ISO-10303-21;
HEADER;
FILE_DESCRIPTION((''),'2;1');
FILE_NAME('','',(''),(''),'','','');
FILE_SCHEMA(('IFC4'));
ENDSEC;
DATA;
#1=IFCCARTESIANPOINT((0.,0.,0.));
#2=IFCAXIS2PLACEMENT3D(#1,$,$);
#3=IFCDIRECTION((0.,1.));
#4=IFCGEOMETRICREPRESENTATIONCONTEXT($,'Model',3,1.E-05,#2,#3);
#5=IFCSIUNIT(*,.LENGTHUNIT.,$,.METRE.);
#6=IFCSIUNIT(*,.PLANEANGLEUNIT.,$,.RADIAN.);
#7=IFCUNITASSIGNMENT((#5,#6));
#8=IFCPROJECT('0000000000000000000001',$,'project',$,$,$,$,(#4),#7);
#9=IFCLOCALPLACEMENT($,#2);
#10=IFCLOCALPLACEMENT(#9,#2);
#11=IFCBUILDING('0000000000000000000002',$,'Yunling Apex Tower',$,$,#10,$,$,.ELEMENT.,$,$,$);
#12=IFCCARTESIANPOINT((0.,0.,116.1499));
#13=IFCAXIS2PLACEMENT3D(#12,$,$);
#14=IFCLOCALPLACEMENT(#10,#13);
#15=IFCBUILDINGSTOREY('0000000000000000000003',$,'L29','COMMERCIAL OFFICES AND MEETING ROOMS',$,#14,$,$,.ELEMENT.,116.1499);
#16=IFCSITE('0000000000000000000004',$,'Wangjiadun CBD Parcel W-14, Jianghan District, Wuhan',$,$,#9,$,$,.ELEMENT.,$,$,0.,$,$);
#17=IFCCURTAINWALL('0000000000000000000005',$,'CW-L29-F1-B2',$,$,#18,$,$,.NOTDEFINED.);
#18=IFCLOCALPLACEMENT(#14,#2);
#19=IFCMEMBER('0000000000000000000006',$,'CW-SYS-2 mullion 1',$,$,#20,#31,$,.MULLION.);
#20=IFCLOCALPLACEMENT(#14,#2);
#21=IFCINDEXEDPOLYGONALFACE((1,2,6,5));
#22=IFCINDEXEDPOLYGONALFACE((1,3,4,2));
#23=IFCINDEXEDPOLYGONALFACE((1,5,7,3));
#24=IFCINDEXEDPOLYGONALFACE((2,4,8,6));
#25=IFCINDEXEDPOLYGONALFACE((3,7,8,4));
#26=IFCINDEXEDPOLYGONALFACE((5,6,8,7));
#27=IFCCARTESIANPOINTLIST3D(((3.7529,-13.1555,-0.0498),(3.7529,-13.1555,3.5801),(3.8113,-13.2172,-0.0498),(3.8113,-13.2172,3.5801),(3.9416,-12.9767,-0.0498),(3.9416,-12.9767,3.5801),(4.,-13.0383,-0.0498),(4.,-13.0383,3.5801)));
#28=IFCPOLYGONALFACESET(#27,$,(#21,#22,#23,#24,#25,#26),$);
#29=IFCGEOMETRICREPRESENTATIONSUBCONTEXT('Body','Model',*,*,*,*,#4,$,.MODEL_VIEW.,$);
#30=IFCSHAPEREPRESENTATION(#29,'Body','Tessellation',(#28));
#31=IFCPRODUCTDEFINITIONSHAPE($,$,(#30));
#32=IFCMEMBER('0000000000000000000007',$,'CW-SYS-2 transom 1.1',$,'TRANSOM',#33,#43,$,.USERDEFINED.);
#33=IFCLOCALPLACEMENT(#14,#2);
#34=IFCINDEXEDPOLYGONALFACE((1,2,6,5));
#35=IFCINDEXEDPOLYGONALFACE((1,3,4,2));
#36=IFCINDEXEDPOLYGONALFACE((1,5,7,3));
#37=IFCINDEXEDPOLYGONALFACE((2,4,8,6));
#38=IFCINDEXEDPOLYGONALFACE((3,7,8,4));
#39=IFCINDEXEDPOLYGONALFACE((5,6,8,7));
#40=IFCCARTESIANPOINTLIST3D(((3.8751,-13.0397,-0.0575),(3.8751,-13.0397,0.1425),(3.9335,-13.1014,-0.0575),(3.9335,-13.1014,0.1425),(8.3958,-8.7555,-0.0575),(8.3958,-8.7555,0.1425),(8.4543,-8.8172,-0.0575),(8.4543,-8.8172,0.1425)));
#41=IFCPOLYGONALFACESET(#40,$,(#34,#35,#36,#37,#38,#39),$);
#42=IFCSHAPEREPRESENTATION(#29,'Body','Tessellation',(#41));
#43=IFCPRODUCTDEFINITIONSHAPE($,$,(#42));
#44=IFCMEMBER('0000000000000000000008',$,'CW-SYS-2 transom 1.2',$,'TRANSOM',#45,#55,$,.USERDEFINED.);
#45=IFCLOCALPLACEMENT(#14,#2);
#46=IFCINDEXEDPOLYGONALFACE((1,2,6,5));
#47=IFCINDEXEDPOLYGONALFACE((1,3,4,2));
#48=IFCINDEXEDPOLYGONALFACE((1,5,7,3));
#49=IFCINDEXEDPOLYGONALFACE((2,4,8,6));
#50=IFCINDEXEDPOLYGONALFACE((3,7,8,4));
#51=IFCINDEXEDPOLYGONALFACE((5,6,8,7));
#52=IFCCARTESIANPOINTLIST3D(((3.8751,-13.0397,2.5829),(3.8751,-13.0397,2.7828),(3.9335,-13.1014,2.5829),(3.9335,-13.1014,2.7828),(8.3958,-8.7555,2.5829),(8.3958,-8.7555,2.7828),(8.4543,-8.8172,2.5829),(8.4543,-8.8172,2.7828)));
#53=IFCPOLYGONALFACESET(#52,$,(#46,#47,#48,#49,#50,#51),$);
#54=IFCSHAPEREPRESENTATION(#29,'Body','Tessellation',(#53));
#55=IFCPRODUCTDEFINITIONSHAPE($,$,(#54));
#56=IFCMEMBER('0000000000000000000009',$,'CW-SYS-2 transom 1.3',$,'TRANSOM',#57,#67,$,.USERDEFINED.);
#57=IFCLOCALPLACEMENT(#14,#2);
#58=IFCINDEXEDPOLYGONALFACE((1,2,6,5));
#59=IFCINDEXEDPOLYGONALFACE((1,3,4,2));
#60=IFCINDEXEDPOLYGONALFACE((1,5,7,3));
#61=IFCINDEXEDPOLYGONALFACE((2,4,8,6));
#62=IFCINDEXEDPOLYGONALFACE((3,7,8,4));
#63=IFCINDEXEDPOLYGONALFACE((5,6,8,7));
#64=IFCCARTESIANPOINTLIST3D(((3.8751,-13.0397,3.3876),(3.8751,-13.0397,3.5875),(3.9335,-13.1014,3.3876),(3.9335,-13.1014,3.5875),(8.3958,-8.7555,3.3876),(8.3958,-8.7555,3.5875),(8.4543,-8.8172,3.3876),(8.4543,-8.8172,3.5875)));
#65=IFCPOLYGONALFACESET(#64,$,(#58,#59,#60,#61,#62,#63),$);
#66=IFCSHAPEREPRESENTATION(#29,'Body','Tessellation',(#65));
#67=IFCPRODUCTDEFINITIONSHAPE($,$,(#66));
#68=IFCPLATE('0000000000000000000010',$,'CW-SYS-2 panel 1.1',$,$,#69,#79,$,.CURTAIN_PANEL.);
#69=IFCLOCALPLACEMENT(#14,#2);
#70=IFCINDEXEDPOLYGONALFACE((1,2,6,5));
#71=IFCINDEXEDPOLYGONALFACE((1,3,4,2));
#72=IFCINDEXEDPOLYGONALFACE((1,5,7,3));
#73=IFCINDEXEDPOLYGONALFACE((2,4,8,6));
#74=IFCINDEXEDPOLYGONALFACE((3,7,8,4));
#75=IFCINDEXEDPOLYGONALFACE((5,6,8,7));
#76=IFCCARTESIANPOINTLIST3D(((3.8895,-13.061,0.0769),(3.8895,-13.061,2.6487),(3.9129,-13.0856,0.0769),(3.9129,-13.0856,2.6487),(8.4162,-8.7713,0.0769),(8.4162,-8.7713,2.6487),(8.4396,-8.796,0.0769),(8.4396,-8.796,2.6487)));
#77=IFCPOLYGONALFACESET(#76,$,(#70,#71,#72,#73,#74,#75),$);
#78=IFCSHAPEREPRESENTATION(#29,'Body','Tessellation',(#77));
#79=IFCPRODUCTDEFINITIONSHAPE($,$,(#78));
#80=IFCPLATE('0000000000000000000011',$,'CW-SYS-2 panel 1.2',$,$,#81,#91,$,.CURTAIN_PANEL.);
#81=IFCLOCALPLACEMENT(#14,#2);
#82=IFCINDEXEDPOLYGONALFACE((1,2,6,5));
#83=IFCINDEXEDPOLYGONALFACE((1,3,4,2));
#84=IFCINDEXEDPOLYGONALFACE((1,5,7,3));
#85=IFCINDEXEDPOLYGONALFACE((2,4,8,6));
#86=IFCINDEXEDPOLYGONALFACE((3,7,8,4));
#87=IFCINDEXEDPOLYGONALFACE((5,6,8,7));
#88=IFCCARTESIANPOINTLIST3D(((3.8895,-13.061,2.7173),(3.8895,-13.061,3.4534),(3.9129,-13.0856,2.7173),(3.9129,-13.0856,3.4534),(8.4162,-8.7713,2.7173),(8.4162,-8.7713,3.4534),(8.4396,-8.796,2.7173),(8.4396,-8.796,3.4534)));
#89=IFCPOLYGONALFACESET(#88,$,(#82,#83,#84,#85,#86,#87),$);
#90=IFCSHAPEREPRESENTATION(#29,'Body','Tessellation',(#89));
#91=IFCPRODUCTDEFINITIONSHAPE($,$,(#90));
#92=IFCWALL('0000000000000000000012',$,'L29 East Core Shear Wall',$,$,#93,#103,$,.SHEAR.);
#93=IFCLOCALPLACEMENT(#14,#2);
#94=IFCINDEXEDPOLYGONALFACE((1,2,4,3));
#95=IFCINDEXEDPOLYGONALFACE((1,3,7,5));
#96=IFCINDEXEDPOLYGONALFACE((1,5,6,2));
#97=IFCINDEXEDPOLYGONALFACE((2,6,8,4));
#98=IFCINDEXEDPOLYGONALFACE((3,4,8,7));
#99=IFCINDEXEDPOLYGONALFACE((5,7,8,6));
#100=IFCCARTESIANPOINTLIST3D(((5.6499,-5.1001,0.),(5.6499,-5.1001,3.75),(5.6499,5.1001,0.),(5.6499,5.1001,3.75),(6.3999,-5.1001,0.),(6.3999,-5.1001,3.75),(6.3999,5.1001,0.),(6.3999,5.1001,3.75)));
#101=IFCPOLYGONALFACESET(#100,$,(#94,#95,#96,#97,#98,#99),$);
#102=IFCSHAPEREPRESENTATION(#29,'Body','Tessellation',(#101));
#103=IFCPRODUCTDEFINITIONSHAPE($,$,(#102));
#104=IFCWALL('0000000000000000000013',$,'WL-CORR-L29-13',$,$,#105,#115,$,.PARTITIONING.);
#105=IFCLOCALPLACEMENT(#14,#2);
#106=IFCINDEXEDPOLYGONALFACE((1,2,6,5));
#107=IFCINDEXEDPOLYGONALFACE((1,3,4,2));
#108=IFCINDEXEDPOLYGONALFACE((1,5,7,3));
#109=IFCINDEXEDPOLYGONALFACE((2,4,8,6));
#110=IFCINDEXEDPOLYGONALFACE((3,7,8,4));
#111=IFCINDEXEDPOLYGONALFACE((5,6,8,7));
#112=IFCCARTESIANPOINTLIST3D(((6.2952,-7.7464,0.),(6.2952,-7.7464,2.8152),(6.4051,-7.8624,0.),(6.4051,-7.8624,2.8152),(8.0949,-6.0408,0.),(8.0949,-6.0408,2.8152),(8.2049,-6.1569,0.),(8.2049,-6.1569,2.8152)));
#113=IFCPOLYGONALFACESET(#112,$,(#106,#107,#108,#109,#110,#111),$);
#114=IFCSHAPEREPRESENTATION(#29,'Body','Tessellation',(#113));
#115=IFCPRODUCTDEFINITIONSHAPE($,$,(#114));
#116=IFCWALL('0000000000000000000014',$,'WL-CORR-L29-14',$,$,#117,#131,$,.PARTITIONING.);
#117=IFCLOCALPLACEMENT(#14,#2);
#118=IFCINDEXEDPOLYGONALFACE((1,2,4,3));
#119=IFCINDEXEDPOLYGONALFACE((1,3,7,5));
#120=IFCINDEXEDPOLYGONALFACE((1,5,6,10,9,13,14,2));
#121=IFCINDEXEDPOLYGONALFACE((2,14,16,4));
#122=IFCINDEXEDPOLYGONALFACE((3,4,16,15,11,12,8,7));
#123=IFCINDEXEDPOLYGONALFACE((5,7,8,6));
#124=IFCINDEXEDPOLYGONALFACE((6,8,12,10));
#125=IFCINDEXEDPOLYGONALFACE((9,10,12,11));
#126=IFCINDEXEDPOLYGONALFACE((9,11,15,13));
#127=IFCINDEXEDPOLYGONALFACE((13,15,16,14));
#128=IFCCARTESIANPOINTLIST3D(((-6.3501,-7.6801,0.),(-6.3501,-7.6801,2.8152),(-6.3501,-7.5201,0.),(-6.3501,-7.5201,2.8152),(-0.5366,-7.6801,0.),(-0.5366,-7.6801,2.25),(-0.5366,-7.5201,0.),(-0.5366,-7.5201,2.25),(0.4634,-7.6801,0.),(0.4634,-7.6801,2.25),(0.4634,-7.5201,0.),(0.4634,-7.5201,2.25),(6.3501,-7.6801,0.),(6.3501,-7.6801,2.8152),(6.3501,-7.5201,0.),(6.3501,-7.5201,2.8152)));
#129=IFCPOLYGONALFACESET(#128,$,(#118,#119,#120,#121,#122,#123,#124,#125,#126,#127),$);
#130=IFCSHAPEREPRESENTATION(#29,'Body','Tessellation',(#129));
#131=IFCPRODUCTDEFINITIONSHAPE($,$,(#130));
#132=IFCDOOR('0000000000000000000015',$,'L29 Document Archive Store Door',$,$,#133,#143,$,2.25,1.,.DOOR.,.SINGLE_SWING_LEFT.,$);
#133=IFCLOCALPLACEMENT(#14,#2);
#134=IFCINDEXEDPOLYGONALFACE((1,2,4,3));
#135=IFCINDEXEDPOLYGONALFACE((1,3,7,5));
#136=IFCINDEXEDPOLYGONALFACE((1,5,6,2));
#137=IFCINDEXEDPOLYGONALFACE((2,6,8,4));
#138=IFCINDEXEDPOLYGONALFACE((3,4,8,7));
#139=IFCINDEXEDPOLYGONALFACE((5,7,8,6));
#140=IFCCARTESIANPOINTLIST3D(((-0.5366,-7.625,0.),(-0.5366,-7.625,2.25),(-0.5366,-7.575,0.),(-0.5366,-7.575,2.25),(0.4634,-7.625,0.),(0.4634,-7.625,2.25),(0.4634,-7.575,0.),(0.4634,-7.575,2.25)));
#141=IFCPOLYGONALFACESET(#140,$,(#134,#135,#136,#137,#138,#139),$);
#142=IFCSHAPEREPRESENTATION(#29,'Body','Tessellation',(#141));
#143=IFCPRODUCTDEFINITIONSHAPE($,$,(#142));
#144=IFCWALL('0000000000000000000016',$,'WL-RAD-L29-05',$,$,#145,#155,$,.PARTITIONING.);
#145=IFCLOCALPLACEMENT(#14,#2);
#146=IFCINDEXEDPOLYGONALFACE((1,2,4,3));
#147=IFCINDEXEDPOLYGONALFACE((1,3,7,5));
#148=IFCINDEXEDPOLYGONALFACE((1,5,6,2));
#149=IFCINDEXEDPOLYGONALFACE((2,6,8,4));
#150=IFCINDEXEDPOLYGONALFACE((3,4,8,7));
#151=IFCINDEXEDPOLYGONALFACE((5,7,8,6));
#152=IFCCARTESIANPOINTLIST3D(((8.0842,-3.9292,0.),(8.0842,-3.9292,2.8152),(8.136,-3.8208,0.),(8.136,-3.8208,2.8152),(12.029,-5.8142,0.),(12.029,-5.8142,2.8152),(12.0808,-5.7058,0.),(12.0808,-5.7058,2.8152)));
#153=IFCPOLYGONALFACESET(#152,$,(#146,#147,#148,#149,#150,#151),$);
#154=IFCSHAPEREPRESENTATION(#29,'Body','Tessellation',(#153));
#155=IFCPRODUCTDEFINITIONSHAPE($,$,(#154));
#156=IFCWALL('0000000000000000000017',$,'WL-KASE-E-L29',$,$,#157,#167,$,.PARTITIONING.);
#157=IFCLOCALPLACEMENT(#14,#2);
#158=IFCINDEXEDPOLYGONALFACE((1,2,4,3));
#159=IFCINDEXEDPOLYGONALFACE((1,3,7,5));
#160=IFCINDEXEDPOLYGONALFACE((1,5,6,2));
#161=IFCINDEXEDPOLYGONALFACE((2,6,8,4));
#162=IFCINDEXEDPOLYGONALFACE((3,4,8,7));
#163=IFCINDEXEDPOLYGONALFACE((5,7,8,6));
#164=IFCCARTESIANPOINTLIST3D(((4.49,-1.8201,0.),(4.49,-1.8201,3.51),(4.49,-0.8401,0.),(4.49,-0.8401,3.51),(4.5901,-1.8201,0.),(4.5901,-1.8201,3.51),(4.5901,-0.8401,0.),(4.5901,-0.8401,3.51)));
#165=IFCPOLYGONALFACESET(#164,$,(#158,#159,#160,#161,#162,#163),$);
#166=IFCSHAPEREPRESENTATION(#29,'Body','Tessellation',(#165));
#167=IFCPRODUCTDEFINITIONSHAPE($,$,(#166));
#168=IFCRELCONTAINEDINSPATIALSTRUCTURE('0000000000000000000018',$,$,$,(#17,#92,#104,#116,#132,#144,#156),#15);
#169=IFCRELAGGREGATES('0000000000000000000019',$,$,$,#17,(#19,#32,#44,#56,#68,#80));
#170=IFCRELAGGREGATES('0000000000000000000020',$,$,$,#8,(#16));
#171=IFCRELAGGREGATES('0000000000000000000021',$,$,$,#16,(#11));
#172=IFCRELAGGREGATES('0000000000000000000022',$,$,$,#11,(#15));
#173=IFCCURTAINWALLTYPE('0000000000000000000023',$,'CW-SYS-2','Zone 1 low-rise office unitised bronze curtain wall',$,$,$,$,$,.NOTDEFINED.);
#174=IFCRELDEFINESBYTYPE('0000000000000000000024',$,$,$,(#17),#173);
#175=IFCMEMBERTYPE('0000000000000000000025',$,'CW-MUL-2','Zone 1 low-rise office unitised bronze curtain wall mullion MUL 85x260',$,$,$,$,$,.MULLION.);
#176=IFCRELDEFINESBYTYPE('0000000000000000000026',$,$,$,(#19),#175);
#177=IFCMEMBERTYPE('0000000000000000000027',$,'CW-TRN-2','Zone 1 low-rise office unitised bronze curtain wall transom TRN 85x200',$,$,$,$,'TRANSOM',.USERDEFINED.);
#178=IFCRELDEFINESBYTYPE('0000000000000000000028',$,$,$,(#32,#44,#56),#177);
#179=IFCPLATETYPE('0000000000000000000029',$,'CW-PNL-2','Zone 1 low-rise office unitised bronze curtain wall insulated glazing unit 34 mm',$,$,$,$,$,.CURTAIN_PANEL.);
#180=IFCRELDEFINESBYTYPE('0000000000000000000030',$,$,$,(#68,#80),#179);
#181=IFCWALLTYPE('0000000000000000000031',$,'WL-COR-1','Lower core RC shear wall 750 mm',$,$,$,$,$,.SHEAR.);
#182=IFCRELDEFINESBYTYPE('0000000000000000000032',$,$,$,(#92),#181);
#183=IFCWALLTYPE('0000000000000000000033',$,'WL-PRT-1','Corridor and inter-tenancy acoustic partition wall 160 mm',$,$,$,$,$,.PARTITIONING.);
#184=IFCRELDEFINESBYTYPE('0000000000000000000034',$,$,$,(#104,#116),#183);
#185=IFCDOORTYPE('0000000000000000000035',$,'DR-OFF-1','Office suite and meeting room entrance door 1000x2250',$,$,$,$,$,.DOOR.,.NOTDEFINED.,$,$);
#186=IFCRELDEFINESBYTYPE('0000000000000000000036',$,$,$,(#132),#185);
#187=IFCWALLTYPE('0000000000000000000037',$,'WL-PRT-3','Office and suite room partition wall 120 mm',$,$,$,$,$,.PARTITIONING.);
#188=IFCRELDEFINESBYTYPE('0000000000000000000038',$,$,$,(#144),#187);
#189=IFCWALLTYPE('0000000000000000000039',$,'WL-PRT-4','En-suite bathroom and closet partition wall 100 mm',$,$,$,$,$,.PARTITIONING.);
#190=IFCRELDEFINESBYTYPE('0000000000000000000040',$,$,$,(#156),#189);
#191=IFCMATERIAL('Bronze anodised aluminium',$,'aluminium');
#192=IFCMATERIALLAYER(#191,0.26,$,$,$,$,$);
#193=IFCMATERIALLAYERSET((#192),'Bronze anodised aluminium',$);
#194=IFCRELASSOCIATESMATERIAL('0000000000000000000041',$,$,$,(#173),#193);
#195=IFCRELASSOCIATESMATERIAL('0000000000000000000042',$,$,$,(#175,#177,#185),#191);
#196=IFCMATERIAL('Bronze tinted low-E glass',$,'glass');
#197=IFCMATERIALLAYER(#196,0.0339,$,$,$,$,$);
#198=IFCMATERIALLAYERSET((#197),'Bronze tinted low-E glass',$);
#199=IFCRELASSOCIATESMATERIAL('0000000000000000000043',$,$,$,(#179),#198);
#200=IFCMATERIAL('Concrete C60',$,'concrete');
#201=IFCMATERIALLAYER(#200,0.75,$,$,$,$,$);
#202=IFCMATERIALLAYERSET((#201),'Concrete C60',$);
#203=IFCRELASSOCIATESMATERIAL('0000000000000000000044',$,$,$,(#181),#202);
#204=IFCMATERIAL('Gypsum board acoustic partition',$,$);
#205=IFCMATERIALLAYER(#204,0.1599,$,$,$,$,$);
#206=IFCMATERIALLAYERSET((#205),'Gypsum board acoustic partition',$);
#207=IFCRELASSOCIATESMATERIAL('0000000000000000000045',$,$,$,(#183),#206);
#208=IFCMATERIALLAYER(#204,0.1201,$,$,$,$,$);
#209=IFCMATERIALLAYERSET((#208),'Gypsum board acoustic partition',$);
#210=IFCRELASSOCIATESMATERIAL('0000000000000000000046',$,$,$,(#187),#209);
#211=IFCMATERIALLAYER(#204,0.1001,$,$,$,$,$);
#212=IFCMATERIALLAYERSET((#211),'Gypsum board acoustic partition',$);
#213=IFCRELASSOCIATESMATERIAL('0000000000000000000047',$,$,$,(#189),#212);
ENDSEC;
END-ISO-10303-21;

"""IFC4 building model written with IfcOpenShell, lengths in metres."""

from ifc_helpers import new_model, si_unit, direction, frame, frame_2d, origin, origin_2d, place, context, subcontext, project, spatial, rectangle, extrude, source, transform, mapped, material, layer, layer_set, material_profile, profile_set, type_object, element, fill, aggregate, save


model = new_model("IFC4")

# Units and contexts
model_context = context("Model", 3, precision=1e-05, world=origin(), true_north=direction((0.0, 1.0)))
body_context = subcontext(model_context, "Body", "Model", "MODEL_VIEW")
ifc_project = project(units=[si_unit("LENGTHUNIT", "METRE"), si_unit("PLANEANGLEUNIT", "RADIAN")], contexts=[model_context])

# Site, building, storey
site_placement = place(None, origin())
site = spatial("IfcSite", under=ifc_project, at=site_placement, Name="Wangjiadun CBD Parcel W-14, Jianghan District, Wuhan", CompositionType="ELEMENT", RefElevation=0.0)
building_placement = place(site_placement, origin())
building = spatial("IfcBuilding", under=site, at=building_placement, Name="Yunling Apex Tower", CompositionType="ELEMENT")
storey_placement = place(building_placement, frame((0.0, 0.0, 116.1499)))
storey = spatial("IfcBuildingStorey", under=building, at=storey_placement, Name="L29", Description="COMMERCIAL OFFICES AND MEETING ROOMS", CompositionType="ELEMENT", Elevation=116.1499)

# Shared definitions
ifc_material_1 = material(Name="Concrete C60", Category="concrete")

# Shared definitions
ifc_material_2 = material(Name="Bronze anodised aluminium", Category="aluminium")
ifc_layer_1 = layer(ifc_material_2, 0.26)
ifc_layer_set_1 = layer_set([ifc_layer_1], Name="Bronze anodised aluminium")
curtain_wall_type = type_object("IfcCurtainWallType", Name="CW-SYS-2", Description="Zone 1 low-rise office unitised bronze curtain wall", PredefinedType="NOTDEFINED", material=ifc_layer_set_1)
ifc_material_profile_1 = material_profile(ifc_material_2, rectangle(XDim=0.085, YDim=0.26, at=origin_2d()))
ifc_profile_set_1 = profile_set([ifc_material_profile_1], Name="Bronze anodised aluminium")
member_type_1 = type_object("IfcMemberType", Name="CW-MUL-2", Description="Zone 1 low-rise office unitised bronze curtain wall mullion MUL 85x260", PredefinedType="MULLION", material=ifc_profile_set_1)
shared_shape_1 = source(origin(), body_context, "Body", "SweptSolid", [
    extrude(rectangle(XDim=0.085, YDim=0.26, at=origin_2d()), origin(), (0.0, 0.0, 1.0), 3.6299),
])

# Curtain wall, members, plates
curtain_wall_1_placement = place(storey_placement, origin())
curtain_wall_1 = element("IfcCurtainWall", 1, at=curtain_wall_1_placement, inside=storey, type_object=curtain_wall_type, Name="CW-L29-F1-B2", PredefinedType="NOTDEFINED")
member_1_placement = place(storey_placement, frame((3.8765, -13.0969, -0.0498), z_axis=(0.0, 0.0, 1.0), x_axis=(-0.687844, 0.725858, 0.0)))
member_1 = element("IfcMember", 2, at=member_1_placement, type_object=member_type_1, Name="CW-SYS-2 mullion 1", PredefinedType="MULLION", context=body_context, shape_type="MappedRepresentation", body=[
    mapped(shared_shape_1, transform((0.0, 0.0, 0.0), scale=1.0)),
])
ifc_material_profile_2 = material_profile(ifc_material_2, rectangle(XDim=0.085, YDim=0.2, at=origin_2d()))
ifc_profile_set_2 = profile_set([ifc_material_profile_2], Name="Bronze anodised aluminium")
member_type_2 = type_object("IfcMemberType", Name="CW-TRN-2", Description="Zone 1 low-rise office unitised bronze curtain wall transom TRN 85x200", ElementType="TRANSOM", PredefinedType="USERDEFINED", material=ifc_profile_set_2)
shared_shape_2 = source(origin(), body_context, "Body", "SweptSolid", [
    extrude(rectangle(XDim=0.085, YDim=0.2, at=origin_2d()), origin(), (0.0, 0.0, 1.0), 6.2283),
])
member_2_placement = place(storey_placement, frame((3.9043, -13.0706, 0.0425), z_axis=(0.725843, 0.68786, 0.0), x_axis=(-0.68786, 0.725843, 0.0)))
member_2 = element("IfcMember", 3, at=member_2_placement, type_object=member_type_2, Name="CW-SYS-2 transom 1.1", ObjectType="TRANSOM", PredefinedType="USERDEFINED", context=body_context, shape_type="MappedRepresentation", body=[
    mapped(shared_shape_2, transform((0.0, 0.0, 0.0), scale=1.0)),
])
member_3_placement = place(storey_placement, frame((3.9043, -13.0706, 2.6829), z_axis=(0.725843, 0.68786, 0.0), x_axis=(-0.68786, 0.725843, 0.0)))
member_3 = element("IfcMember", 4, at=member_3_placement, type_object=member_type_2, Name="CW-SYS-2 transom 1.2", ObjectType="TRANSOM", PredefinedType="USERDEFINED", context=body_context, shape_type="MappedRepresentation", body=[
    mapped(shared_shape_2, transform((0.0, 0.0, 0.0), scale=1.0)),
])
member_4_placement = place(storey_placement, frame((3.9043, -13.0706, 3.4875), z_axis=(0.725843, 0.68786, 0.0), x_axis=(-0.68786, 0.725843, 0.0)))
member_4 = element("IfcMember", 5, at=member_4_placement, type_object=member_type_2, Name="CW-SYS-2 transom 1.3", ObjectType="TRANSOM", PredefinedType="USERDEFINED", context=body_context, shape_type="MappedRepresentation", body=[
    mapped(shared_shape_2, transform((0.0, 0.0, 0.0), scale=1.0)),
])
ifc_material_3 = material(Name="Bronze tinted low-E glass", Category="glass")
ifc_layer_2 = layer(ifc_material_3, 0.0339)
ifc_layer_set_2 = layer_set([ifc_layer_2], Name="Bronze tinted low-E glass")
plate_type = type_object("IfcPlateType", Name="CW-PNL-2", Description="Zone 1 low-rise office unitised bronze curtain wall insulated glazing unit 34 mm", PredefinedType="CURTAIN_PANEL", material=ifc_layer_set_2)
shared_shape_3 = source(origin(), body_context, "Body", "SweptSolid", [
    extrude(rectangle(XDim=6.2363, YDim=0.0339, at=origin_2d()), origin(), (0.0, 0.0, 1.0), 2.5718),
])
plate_1_placement = place(storey_placement, frame((6.1646, -10.9285, 0.0769), z_axis=(0.0, 0.0, 1.0), x_axis=(0.725858, 0.687844, 0.0)))
plate_1 = element("IfcPlate", 6, at=plate_1_placement, type_object=plate_type, Name="CW-SYS-2 panel 1.1", PredefinedType="CURTAIN_PANEL", context=body_context, shape_type="MappedRepresentation", body=[
    mapped(shared_shape_3, transform((0.0, 0.0, 0.0), scale=1.0)),
])
shared_shape_4 = source(origin(), body_context, "Body", "SweptSolid", [
    extrude(rectangle(XDim=6.2363, YDim=0.0339, at=origin_2d()), origin(), (0.0, 0.0, 1.0), 0.7361),
])
plate_2_placement = place(storey_placement, frame((6.1646, -10.9285, 2.7173), z_axis=(0.0, 0.0, 1.0), x_axis=(0.725858, 0.687844, 0.0)))
plate_2 = element("IfcPlate", 7, at=plate_2_placement, type_object=plate_type, Name="CW-SYS-2 panel 1.2", PredefinedType="CURTAIN_PANEL", context=body_context, shape_type="MappedRepresentation", body=[
    mapped(shared_shape_4, transform((0.0, 0.0, 0.0), scale=1.0)),
])
aggregate(curtain_wall_1, [member_1, member_2, member_3, member_4, plate_1, plate_2])

# Walls
ifc_layer_3 = layer(ifc_material_1, 0.75)
ifc_layer_set_3 = layer_set([ifc_layer_3], Name="Concrete C60")
wall_type_1 = type_object("IfcWallType", Name="WL-COR-1", Description="Lower core RC shear wall 750 mm", PredefinedType="SHEAR", material=ifc_layer_set_3)
wall_1_placement = place(storey_placement, frame((6.0249, -5.1001, 0.0), z_axis=(0.0, 0.0, 1.0), x_axis=(0.0, 1.0, 0.0)))
element("IfcWall", 8, at=wall_1_placement, inside=storey, type_object=wall_type_1, Name="L29 East Core Shear Wall", PredefinedType="SHEAR", context=body_context, shape_type="SweptSolid", body=[
    extrude(rectangle(XDim=10.2002, YDim=0.75, at=frame_2d((5.1001, 0.0))), origin(), (0.0, 0.0, 1.0), 3.75),
])
ifc_material_4 = material(Name="Gypsum board acoustic partition")
ifc_layer_4 = layer(ifc_material_4, 0.1599)
ifc_layer_set_4 = layer_set([ifc_layer_4], Name="Gypsum board acoustic partition")
wall_type_2 = type_object("IfcWallType", Name="WL-PRT-1", Description="Corridor and inter-tenancy acoustic partition wall 160 mm", PredefinedType="PARTITIONING", material=ifc_layer_set_4)
wall_2_placement = place(storey_placement, frame((8.1499, -6.0989, 0.0), z_axis=(0.0, 0.0, 1.0), x_axis=(-0.725854, -0.687848, 0.0)))
element("IfcWall", 9, at=wall_2_placement, inside=storey, type_object=wall_type_2, Name="WL-CORR-L29-13", PredefinedType="PARTITIONING", context=body_context, shape_type="SweptSolid", body=[
    extrude(rectangle(XDim=2.4795, YDim=0.1599, at=frame_2d((1.2397, 0.0))), origin(), (0.0, 0.0, 1.0), 2.8152),
])

# Wall, opening, door
wall_3_placement = place(storey_placement, frame((6.3501, -7.6001, 0.0), z_axis=(0.0, 0.0, 1.0), x_axis=(-1.0, 0.0, 0.0)))
wall_3 = element("IfcWall", 10, at=wall_3_placement, inside=storey, type_object=wall_type_2, Name="WL-CORR-L29-14", PredefinedType="PARTITIONING", context=body_context, shape_type="SweptSolid", body=[
    extrude(rectangle(XDim=12.7002, YDim=0.1599, at=frame_2d((6.3501, 0.0))), origin(), (0.0, 0.0, 1.0), 2.8152),
])
opening_1_placement = place(wall_3_placement, frame((5.8867, 0.0, 0.0)))
opening_1 = element("IfcOpeningElement", 11, at=opening_1_placement, cuts=wall_3, PredefinedType="OPENING", context=body_context, shape_type="SweptSolid", body=[
    extrude(rectangle(XDim=1.0, YDim=2.25, at=frame_2d((0.5, 1.125))), frame((0.0, 0.0898, 0.0), z_axis=(0.0, -1.0, 0.0), x_axis=(1.0, 0.0, 0.0)), (0.0, 0.0, 1.0), 0.1799),
])
door_type_1 = type_object("IfcDoorType", Name="DR-OFF-1", Description="Office suite and meeting room entrance door 1000x2250", OperationType="NOTDEFINED", PredefinedType="DOOR", material=ifc_material_2)
door_1_placement = place(opening_1_placement, origin())
door_1 = element("IfcDoor", 12, at=door_1_placement, inside=storey, type_object=door_type_1, Name="L29 Document Archive Store Door", OperationType="SINGLE_SWING_LEFT", OverallHeight=2.25, OverallWidth=1.0, PredefinedType="DOOR", context=body_context, shape_type="SweptSolid", body=[
    extrude(rectangle(XDim=1.0, YDim=2.25, at=frame_2d((0.5, 1.125))), frame((0.0, 0.0249, 0.0), z_axis=(0.0, -1.0, 0.0), x_axis=(1.0, 0.0, 0.0)), (0.0, 0.0, 1.0), 0.05),
])
fill(opening_1, door_1)

# Walls
ifc_layer_5 = layer(ifc_material_4, 0.1201)
ifc_layer_set_5 = layer_set([ifc_layer_5], Name="Gypsum board acoustic partition")
wall_type_3 = type_object("IfcWallType", Name="WL-PRT-3", Description="Office and suite room partition wall 120 mm", PredefinedType="PARTITIONING", material=ifc_layer_set_5)
wall_4_placement = place(storey_placement, frame((8.1101, -3.875, 0.0), z_axis=(0.0, 0.0, 1.0), x_axis=(0.902281, -0.431149, 0.0)))
element("IfcWall", 13, at=wall_4_placement, inside=storey, type_object=wall_type_3, Name="WL-RAD-L29-05", PredefinedType="PARTITIONING", context=body_context, shape_type="SweptSolid", body=[
    extrude(rectangle(XDim=4.3721, YDim=0.1201, at=frame_2d((2.186, 0.0))), origin(), (0.0, 0.0, 1.0), 2.8152),
])
ifc_layer_6 = layer(ifc_material_4, 0.1001)
ifc_layer_set_6 = layer_set([ifc_layer_6], Name="Gypsum board acoustic partition")
wall_type_4 = type_object("IfcWallType", Name="WL-PRT-4", Description="En-suite bathroom and closet partition wall 100 mm", PredefinedType="PARTITIONING", material=ifc_layer_set_6)
wall_5_placement = place(storey_placement, frame((4.54, -1.8201, 0.0), z_axis=(0.0, 0.0, 1.0), x_axis=(0.0, 1.0, 0.0)))
element("IfcWall", 14, at=wall_5_placement, inside=storey, type_object=wall_type_4, Name="WL-KASE-E-L29", PredefinedType="PARTITIONING", context=body_context, shape_type="SweptSolid", body=[
    extrude(rectangle(XDim=0.98, YDim=0.1001, at=frame_2d((0.49, 0.0))), origin(), (0.0, 0.0, 1.0), 3.51),
])

save(model, "model.ifc")
